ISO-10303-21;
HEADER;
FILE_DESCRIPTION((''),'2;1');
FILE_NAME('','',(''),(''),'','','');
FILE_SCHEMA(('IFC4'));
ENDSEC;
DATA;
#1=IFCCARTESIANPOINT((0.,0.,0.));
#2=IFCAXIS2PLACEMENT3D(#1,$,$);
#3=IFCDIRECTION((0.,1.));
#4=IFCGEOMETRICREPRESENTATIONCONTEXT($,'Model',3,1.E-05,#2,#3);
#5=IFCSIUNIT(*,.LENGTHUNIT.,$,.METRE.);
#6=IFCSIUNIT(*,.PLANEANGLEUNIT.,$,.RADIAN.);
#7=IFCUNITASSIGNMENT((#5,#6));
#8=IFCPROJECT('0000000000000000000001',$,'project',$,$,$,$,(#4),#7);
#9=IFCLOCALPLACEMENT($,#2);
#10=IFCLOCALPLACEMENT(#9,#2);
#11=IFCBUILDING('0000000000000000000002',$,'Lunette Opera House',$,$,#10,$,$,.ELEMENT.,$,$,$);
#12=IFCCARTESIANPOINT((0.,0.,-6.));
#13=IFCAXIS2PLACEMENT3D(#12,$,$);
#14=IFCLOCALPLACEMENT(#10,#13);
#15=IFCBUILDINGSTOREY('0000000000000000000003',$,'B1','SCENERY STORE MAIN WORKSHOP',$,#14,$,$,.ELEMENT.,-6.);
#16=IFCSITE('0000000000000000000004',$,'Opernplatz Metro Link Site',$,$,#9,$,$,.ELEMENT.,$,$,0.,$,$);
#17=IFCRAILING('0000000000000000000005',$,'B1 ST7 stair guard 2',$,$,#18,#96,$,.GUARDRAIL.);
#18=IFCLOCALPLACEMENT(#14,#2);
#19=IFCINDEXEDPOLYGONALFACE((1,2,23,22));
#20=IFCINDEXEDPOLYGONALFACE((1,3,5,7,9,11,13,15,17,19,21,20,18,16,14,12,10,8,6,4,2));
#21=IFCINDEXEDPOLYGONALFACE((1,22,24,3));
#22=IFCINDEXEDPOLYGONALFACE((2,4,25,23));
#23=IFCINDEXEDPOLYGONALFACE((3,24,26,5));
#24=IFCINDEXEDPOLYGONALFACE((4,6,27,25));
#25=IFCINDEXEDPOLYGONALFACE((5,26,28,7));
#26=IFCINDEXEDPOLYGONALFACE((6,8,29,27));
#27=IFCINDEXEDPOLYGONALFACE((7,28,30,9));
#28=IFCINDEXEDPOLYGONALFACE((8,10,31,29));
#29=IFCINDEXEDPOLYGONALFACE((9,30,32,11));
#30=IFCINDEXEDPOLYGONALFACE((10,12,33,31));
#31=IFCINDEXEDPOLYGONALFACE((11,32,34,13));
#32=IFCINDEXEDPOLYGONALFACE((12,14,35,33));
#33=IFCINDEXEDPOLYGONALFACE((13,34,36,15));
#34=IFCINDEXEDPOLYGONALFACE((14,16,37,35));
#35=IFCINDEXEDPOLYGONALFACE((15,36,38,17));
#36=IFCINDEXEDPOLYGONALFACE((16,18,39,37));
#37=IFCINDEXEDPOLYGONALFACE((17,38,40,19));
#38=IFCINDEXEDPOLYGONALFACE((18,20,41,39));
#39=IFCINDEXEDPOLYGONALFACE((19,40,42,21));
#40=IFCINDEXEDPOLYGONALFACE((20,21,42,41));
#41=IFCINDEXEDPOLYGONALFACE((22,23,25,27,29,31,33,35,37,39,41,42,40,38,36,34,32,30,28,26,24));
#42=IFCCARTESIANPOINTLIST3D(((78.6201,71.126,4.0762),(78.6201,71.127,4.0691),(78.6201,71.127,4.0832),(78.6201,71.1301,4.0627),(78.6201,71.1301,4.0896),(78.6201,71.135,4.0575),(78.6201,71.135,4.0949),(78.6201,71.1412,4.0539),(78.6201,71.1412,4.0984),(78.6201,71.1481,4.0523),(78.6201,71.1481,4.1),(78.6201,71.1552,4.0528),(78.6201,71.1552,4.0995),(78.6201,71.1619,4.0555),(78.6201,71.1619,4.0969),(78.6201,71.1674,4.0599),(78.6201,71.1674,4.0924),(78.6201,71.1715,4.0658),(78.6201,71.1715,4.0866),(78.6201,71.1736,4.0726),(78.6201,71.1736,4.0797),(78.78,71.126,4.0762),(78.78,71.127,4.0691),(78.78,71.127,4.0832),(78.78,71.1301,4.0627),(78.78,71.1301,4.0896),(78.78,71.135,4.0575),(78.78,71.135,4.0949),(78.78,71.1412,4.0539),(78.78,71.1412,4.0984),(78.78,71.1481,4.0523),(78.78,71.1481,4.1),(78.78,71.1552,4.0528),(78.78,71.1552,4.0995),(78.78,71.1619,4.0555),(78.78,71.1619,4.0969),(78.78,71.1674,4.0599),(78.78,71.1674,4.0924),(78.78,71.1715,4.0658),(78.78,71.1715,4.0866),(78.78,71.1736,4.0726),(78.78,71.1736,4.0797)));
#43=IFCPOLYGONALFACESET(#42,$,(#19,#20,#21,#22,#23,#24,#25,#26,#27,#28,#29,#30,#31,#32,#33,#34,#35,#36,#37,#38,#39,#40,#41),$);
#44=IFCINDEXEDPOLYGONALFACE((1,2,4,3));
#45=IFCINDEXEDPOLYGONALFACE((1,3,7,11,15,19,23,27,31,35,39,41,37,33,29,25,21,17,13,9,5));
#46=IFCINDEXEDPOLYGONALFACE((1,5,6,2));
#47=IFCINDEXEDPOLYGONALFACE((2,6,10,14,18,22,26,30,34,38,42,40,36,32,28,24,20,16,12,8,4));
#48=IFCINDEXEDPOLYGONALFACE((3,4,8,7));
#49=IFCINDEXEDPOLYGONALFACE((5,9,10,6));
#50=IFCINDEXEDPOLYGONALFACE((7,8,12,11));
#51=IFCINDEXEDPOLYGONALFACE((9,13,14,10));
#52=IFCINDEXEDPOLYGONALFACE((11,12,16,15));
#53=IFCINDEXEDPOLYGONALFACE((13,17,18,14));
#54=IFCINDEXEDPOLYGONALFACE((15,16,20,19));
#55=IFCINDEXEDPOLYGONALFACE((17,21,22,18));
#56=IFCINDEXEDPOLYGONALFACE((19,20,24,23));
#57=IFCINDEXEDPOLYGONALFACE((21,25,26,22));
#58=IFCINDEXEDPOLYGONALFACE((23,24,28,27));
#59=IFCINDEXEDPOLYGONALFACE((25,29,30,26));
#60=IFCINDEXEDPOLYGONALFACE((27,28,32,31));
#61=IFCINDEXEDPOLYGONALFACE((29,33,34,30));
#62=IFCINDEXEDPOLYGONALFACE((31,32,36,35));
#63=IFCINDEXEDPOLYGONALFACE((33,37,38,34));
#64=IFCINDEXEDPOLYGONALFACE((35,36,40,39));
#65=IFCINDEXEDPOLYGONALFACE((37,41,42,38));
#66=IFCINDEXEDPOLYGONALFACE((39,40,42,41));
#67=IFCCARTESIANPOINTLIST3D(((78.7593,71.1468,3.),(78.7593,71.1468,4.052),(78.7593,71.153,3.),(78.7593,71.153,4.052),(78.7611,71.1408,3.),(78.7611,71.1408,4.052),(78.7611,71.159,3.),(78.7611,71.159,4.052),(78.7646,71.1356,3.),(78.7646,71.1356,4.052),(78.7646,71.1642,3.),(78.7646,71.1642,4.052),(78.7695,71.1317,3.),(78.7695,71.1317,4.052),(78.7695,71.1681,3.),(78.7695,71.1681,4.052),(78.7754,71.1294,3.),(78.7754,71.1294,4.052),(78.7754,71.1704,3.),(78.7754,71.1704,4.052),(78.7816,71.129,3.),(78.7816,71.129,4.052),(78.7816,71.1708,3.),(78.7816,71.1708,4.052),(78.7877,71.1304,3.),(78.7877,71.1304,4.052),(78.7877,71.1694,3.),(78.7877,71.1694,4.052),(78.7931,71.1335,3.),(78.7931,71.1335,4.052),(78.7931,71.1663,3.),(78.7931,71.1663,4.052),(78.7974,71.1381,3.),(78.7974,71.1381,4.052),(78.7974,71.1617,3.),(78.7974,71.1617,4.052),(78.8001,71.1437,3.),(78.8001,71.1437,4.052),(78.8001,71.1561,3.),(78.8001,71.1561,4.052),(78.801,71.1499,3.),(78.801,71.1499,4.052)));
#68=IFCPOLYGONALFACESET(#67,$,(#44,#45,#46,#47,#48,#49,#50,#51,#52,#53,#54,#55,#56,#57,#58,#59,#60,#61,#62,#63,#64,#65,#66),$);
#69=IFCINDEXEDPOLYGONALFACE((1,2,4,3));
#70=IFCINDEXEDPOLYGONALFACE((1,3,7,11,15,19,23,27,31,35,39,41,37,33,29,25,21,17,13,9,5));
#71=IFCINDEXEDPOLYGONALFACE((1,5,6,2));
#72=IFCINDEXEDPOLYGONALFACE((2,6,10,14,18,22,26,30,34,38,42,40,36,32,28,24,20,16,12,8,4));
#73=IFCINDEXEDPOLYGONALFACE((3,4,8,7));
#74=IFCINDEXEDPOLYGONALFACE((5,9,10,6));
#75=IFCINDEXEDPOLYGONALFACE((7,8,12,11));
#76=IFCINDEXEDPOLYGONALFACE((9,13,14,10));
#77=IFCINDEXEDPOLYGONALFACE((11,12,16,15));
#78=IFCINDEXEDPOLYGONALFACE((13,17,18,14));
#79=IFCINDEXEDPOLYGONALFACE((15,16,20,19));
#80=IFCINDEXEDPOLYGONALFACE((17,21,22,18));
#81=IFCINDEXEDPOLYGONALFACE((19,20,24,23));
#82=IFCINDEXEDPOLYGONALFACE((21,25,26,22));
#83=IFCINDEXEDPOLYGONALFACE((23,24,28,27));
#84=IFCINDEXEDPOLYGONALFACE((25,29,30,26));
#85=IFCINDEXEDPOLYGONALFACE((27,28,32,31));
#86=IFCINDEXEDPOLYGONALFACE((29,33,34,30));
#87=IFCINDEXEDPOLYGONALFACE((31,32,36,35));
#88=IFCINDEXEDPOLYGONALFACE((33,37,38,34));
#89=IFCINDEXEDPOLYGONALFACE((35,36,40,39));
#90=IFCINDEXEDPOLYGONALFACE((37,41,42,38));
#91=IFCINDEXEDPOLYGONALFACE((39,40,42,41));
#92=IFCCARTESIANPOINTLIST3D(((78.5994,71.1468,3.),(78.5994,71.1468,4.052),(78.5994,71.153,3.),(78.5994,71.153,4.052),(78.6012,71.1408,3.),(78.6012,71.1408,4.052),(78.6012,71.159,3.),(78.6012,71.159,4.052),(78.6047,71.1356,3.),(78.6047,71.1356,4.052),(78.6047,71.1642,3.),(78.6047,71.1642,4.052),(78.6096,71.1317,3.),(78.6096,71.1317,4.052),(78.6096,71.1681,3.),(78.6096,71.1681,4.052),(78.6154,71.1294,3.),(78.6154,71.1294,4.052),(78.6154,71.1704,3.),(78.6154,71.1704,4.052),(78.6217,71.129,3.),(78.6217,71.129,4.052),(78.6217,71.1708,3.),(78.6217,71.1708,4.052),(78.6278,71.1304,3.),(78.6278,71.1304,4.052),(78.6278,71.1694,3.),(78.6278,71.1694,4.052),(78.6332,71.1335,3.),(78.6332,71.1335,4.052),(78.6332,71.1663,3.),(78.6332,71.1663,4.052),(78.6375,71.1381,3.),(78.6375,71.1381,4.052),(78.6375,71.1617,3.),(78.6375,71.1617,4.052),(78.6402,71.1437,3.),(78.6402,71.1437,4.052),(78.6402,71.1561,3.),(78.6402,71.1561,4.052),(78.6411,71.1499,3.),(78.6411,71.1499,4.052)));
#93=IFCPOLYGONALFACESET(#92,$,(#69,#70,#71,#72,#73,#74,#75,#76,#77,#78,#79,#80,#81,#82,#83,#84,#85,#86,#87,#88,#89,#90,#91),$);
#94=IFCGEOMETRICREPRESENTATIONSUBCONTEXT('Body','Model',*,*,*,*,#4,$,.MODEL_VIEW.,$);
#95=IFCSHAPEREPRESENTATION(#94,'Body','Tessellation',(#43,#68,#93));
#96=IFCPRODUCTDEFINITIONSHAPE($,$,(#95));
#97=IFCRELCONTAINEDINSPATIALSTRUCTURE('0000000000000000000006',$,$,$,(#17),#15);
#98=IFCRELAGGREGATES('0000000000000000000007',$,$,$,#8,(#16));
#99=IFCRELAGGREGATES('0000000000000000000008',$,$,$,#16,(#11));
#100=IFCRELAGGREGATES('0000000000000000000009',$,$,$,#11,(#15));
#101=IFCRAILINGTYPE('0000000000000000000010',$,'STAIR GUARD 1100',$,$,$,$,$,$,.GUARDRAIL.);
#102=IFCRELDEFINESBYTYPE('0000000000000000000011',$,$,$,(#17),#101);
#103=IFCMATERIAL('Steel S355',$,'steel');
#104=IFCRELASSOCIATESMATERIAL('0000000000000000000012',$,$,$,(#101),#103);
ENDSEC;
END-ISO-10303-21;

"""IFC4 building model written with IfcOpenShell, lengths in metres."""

from ifc_helpers import new_model, si_unit, direction, frame, origin, origin_2d, place, context, subcontext, project, spatial, circle, extrude, material, type_object, element, save


model = new_model("IFC4")

# Units and contexts
model_context = context("Model", 3, precision=1e-05, world=origin(), true_north=direction((0.0, 1.0)))
body_context = subcontext(model_context, "Body", "Model", "MODEL_VIEW")
ifc_project = project(units=[si_unit("LENGTHUNIT", "METRE"), si_unit("PLANEANGLEUNIT", "RADIAN")], contexts=[model_context])

# Site, building, storey
site_placement = place(None, origin())
site = spatial("IfcSite", under=ifc_project, at=site_placement, Name="Opernplatz Metro Link Site", CompositionType="ELEMENT", RefElevation=0.0)
building_placement = place(site_placement, origin())
building = spatial("IfcBuilding", under=site, at=building_placement, Name="Lunette Opera House", CompositionType="ELEMENT")
storey_placement = place(building_placement, frame((0.0, 0.0, -6.0)))
storey = spatial("IfcBuildingStorey", under=building, at=storey_placement, Name="B1", Description="SCENERY STORE MAIN WORKSHOP", CompositionType="ELEMENT", Elevation=-6.0)

# Railing
ifc_material_1 = material(Name="Steel S355", Category="steel")
railing_type_1 = type_object("IfcRailingType", Name="STAIR GUARD 1100", PredefinedType="GUARDRAIL", material=ifc_material_1)
railing_1_placement = place(storey_placement, frame((78.78, 71.1499, 3.0)))
element("IfcRailing", 1, at=railing_1_placement, inside=storey, type_object=railing_type_1, Name="B1 ST7 stair guard 2", PredefinedType="GUARDRAIL", context=body_context, shape_type="SweptSolid", body=[
    extrude(circle(Radius=0.0239, at=origin_2d()), frame((0.0, 0.0, 1.0762), z_axis=(-1.0, 0.0, 0.0), x_axis=(0.0, -1.0, 0.0)), (0.0, 0.0, 1.0), 0.1599),
    extrude(circle(Radius=0.021, at=origin_2d()), origin(), (0.0, 0.0, 1.0), 1.052),
    extrude(circle(Radius=0.021, at=origin_2d()), frame((-0.1599, 0.0, 0.0)), (0.0, 0.0, 1.0), 1.052),
])

save(model, "model.ifc")
